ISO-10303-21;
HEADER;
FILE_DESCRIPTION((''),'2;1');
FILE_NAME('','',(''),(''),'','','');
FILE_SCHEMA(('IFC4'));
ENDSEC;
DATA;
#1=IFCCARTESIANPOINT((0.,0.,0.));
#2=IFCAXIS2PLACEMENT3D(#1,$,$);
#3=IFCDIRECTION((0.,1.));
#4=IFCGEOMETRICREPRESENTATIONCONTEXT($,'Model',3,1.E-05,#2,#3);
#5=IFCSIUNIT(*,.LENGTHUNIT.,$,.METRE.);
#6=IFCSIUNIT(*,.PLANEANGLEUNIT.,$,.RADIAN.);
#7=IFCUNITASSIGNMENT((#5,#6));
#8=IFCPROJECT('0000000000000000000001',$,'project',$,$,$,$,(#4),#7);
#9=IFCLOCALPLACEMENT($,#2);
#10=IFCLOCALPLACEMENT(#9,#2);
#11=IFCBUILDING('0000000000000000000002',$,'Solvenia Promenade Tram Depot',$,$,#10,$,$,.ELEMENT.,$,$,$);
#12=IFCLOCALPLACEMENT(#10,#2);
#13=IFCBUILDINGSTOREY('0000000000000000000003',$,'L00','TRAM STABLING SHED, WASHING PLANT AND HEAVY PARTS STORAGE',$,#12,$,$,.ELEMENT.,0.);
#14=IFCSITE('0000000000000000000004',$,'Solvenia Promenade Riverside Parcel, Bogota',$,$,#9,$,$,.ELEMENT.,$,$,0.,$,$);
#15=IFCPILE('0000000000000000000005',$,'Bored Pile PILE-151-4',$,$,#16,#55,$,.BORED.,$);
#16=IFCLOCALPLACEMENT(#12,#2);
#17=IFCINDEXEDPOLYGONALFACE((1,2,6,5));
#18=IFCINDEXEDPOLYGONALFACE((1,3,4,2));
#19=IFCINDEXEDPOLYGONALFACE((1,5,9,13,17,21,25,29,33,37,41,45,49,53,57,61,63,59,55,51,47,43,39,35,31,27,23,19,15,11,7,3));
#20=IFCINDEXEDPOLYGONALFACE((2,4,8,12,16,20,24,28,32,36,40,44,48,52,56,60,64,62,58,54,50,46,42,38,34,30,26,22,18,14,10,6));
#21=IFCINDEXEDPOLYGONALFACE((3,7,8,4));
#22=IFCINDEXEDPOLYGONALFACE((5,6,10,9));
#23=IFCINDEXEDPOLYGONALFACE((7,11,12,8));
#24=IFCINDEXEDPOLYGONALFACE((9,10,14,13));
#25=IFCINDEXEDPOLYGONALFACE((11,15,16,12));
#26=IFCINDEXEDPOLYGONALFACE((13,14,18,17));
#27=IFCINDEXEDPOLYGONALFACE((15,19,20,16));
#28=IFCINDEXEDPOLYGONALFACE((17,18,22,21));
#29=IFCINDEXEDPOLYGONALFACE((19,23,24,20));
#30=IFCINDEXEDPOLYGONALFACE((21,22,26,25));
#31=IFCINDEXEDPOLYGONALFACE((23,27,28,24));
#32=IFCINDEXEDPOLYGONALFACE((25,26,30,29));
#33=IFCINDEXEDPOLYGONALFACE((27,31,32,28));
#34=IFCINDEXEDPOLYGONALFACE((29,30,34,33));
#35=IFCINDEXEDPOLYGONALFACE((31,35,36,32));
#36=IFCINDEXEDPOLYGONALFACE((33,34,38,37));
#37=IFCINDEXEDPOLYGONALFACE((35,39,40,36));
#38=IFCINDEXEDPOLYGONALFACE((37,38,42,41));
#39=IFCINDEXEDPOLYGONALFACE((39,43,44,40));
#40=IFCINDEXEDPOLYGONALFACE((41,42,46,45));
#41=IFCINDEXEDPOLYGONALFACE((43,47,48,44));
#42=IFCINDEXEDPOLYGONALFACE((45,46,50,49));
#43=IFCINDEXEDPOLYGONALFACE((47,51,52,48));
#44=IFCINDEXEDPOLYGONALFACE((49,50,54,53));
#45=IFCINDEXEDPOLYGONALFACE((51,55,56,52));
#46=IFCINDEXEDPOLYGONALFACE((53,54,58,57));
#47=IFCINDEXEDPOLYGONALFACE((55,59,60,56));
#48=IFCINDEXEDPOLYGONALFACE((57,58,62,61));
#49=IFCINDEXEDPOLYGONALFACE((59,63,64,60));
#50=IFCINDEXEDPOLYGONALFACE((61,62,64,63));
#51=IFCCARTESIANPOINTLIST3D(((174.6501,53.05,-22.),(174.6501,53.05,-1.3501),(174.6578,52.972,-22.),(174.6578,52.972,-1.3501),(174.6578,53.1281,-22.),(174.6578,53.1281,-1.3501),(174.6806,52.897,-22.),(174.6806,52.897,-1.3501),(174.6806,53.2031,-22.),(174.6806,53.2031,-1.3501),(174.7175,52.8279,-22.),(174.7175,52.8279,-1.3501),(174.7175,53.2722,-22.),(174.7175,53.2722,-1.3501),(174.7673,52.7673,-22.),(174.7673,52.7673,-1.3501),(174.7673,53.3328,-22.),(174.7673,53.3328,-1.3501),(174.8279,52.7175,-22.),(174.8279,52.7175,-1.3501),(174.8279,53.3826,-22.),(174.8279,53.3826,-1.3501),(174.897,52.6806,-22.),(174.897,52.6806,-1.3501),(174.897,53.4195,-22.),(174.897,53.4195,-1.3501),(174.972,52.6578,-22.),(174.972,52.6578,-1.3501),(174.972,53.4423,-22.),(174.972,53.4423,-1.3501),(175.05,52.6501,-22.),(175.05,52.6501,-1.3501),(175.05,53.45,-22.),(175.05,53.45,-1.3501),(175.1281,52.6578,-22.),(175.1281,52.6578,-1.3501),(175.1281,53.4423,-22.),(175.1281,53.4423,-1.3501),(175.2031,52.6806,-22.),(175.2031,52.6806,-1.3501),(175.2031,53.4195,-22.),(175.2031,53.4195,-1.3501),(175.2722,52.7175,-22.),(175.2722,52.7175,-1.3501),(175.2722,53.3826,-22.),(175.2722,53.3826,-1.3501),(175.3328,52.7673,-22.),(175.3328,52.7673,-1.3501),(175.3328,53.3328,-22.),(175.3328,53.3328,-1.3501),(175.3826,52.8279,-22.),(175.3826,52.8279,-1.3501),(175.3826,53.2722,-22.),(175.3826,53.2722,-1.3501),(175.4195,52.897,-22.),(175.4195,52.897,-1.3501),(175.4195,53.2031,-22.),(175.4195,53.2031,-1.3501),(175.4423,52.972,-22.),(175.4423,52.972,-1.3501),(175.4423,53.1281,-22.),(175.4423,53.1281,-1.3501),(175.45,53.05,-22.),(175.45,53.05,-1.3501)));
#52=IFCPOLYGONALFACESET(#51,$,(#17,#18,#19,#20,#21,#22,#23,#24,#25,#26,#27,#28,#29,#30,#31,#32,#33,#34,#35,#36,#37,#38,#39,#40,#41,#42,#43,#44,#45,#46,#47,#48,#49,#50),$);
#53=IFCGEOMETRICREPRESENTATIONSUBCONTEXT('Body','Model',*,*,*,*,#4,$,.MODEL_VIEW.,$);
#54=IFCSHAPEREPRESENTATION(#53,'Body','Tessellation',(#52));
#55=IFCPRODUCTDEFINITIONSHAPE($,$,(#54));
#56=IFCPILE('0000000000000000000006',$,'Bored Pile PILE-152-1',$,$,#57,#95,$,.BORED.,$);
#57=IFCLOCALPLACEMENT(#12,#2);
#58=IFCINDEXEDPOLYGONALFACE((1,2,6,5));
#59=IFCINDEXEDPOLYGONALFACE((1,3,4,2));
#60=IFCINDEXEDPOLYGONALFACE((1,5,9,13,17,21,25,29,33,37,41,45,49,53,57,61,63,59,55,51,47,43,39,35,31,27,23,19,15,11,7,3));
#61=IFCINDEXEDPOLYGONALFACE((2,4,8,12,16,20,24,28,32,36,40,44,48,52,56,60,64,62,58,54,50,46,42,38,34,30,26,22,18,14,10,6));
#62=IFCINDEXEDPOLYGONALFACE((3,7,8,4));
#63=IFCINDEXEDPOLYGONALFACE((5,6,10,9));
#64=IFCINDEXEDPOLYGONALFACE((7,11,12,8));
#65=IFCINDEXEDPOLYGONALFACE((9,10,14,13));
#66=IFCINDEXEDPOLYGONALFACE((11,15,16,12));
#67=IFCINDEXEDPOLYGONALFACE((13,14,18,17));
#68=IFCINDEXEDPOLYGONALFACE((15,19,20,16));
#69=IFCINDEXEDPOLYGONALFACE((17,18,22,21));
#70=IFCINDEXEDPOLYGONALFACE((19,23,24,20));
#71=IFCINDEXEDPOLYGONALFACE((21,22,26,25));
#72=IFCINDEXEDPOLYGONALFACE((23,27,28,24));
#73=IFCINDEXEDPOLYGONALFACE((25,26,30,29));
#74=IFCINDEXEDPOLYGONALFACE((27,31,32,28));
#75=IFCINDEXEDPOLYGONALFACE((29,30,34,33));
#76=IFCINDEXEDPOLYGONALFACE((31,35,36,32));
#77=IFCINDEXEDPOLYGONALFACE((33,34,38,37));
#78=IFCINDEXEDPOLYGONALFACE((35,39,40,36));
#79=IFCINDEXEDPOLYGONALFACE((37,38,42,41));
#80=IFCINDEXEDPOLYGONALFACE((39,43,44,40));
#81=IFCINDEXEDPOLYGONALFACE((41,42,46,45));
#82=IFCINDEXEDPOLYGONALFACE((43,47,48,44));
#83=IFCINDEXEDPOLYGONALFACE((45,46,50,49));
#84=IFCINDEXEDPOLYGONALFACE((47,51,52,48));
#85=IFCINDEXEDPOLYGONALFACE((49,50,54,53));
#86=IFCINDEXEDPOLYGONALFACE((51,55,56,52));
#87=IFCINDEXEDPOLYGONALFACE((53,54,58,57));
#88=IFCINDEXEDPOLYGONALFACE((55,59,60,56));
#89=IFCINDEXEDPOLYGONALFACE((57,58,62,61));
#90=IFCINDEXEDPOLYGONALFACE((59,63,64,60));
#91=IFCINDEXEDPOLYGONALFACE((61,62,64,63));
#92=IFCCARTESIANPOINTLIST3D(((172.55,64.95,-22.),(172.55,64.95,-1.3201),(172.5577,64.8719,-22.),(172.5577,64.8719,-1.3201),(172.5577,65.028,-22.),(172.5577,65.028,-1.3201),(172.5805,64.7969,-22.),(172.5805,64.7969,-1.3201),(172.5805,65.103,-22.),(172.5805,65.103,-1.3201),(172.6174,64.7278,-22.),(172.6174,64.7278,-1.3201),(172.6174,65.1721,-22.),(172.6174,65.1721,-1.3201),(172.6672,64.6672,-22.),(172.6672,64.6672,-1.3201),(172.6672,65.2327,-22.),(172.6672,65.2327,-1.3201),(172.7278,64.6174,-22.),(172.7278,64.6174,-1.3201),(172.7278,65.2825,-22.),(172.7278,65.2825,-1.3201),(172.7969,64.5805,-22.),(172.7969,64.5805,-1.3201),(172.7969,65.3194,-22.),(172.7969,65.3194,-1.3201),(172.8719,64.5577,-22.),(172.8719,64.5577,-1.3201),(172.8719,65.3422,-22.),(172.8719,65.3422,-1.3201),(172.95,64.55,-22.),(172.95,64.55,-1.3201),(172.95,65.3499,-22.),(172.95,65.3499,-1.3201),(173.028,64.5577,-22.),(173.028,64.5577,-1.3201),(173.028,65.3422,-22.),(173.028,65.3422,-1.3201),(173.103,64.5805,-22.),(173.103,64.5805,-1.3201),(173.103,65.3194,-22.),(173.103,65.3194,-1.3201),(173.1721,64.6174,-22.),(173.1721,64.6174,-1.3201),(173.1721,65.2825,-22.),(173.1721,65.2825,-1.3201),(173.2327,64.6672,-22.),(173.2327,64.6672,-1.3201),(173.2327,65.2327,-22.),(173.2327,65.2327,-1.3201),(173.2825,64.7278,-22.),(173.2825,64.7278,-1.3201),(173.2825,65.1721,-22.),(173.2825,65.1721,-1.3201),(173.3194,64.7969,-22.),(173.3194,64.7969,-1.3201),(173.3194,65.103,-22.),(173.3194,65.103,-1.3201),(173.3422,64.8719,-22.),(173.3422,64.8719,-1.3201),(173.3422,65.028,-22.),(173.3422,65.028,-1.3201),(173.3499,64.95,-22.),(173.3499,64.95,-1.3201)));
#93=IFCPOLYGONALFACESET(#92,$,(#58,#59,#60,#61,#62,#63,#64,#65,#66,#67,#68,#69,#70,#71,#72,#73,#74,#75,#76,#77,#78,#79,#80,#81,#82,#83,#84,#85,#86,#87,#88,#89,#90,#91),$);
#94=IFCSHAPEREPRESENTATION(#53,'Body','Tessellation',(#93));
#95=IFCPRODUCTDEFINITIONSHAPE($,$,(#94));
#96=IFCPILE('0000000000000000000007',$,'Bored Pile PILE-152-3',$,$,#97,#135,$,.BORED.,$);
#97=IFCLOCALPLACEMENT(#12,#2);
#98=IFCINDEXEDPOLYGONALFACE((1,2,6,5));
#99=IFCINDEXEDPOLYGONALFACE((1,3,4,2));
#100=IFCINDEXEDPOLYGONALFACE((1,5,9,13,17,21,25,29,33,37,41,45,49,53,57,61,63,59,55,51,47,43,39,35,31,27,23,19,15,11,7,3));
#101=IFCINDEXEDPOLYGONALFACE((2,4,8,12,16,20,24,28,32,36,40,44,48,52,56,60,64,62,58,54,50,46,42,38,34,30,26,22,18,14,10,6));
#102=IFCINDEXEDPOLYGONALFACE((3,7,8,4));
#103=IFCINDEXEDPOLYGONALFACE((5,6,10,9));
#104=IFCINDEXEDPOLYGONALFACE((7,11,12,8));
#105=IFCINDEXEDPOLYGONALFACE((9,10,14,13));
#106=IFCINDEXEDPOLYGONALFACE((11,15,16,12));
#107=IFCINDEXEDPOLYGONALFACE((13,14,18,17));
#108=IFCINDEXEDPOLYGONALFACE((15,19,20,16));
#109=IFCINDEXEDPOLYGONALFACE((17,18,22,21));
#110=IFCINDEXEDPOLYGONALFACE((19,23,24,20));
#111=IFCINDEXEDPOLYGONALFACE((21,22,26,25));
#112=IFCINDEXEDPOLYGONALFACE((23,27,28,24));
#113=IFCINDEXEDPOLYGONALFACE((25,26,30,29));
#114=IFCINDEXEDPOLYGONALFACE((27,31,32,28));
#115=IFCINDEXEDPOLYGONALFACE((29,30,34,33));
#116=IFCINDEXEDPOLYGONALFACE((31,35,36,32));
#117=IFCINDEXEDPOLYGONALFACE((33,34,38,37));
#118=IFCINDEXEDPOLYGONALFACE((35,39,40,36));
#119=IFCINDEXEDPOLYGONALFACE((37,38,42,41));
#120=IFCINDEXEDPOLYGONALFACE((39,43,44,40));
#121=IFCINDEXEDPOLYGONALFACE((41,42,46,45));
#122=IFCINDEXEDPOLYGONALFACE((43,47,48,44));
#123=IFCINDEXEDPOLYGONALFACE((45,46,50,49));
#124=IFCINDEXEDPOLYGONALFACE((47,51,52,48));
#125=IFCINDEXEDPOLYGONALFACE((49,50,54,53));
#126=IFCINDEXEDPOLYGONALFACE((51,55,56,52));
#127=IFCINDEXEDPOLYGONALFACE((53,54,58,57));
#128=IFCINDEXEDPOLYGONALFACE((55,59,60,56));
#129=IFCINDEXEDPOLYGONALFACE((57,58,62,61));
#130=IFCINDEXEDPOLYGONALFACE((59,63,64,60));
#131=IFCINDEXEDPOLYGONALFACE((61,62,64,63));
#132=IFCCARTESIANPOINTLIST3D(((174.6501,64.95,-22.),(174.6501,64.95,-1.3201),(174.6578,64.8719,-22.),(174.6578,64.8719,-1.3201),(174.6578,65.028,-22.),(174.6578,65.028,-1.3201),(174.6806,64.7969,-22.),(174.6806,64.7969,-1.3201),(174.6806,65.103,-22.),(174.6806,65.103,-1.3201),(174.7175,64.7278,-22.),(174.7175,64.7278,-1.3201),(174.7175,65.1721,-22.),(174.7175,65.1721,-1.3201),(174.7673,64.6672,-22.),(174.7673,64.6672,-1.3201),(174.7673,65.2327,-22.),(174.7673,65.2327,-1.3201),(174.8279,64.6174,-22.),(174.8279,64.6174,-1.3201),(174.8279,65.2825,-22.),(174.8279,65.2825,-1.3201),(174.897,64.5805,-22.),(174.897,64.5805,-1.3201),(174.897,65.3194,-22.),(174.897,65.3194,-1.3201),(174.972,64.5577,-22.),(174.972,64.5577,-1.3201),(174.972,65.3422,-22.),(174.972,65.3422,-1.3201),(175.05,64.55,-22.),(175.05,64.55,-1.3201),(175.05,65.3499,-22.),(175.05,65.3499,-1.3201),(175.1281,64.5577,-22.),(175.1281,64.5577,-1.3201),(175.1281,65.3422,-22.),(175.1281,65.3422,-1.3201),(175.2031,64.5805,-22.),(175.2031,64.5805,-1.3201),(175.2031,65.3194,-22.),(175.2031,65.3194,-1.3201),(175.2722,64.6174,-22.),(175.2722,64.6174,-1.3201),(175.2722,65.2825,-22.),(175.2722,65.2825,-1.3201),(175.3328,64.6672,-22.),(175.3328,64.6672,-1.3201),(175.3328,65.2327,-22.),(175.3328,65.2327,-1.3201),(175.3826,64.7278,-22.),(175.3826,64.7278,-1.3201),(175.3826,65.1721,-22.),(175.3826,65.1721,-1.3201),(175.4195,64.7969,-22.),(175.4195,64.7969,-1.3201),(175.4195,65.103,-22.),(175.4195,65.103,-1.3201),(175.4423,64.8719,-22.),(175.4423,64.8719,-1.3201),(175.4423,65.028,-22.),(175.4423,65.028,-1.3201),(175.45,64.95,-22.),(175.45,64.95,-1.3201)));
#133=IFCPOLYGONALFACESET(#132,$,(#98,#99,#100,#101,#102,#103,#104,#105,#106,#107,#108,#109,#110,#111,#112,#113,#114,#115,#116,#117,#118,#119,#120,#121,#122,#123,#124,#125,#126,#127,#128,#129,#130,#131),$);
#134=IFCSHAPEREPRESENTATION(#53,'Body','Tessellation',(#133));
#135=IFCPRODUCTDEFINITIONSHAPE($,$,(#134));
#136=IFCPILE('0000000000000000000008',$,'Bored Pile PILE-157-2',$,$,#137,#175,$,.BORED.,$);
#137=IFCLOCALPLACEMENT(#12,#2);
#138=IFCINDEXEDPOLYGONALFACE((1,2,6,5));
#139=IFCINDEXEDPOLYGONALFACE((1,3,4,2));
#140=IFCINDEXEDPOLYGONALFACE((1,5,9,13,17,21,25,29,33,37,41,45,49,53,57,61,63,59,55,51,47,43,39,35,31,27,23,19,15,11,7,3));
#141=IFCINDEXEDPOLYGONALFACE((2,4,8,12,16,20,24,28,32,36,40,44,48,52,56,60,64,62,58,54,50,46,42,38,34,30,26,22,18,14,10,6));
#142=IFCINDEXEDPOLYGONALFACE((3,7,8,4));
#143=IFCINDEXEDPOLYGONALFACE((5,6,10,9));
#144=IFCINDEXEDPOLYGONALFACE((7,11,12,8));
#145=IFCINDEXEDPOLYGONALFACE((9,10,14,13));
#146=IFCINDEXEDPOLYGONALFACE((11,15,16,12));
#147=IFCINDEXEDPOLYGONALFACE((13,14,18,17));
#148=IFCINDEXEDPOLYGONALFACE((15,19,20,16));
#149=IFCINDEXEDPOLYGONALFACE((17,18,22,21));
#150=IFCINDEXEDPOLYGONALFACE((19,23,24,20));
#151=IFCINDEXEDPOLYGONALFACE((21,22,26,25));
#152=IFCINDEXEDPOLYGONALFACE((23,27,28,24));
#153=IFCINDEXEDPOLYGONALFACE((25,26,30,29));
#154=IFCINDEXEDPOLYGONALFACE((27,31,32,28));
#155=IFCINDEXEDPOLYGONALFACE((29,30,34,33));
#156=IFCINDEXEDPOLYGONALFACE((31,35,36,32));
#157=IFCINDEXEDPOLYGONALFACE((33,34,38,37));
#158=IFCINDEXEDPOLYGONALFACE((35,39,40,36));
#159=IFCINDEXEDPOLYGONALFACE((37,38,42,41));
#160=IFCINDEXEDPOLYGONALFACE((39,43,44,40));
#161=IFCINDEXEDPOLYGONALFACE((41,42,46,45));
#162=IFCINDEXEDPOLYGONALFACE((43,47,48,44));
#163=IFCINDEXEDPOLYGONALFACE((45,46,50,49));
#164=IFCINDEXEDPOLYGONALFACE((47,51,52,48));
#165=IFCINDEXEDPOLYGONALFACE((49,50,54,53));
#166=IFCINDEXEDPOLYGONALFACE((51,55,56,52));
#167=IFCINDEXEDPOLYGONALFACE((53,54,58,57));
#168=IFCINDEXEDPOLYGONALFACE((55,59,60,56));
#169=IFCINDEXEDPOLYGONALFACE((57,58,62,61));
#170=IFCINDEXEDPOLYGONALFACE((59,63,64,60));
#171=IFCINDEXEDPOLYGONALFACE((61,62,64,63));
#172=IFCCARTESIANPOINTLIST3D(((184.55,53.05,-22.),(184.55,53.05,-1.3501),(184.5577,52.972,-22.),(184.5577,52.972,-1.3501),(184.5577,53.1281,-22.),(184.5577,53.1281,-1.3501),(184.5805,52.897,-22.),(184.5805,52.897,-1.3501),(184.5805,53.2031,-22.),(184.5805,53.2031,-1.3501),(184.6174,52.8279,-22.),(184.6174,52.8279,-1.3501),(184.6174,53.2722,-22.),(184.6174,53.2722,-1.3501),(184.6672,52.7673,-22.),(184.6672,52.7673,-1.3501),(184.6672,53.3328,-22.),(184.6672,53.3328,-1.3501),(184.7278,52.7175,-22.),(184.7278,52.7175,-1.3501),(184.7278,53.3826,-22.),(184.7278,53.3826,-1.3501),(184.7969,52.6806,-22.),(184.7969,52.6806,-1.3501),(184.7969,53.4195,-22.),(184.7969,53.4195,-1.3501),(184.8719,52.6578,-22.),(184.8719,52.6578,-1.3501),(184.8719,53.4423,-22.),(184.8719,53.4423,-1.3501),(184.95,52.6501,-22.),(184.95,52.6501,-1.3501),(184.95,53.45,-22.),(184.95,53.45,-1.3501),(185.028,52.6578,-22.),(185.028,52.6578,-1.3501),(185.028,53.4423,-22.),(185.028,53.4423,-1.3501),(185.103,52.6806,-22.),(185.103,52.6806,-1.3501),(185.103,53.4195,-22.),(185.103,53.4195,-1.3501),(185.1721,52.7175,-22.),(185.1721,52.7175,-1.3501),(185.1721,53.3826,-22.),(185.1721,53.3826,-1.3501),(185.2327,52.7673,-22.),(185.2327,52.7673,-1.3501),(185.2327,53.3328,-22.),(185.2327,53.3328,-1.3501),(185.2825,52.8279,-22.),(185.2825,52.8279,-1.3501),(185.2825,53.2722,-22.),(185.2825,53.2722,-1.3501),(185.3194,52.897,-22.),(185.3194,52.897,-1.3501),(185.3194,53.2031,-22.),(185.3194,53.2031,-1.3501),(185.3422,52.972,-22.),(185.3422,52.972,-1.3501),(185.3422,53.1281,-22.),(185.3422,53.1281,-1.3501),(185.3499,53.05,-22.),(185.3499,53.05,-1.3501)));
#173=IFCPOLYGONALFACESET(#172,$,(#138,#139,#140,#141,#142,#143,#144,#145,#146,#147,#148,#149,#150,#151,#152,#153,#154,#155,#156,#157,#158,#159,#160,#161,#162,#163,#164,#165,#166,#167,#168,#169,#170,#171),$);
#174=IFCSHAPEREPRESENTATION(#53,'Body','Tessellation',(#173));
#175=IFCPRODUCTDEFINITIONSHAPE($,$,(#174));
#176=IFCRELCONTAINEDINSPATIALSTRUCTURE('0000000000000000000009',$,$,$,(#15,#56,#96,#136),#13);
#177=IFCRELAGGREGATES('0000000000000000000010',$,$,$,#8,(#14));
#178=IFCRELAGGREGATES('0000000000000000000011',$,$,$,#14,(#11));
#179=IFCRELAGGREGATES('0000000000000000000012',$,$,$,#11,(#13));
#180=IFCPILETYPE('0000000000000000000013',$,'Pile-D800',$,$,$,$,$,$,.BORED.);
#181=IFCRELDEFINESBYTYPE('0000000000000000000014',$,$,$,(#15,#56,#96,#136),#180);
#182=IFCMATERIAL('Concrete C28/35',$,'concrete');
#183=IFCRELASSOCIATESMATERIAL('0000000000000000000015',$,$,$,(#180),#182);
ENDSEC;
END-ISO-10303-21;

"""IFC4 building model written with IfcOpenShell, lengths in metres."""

from ifc_helpers import new_model, si_unit, direction, frame, origin, origin_2d, place, context, subcontext, project, spatial, circle, extrude, material, material_profile, profile_set, type_object, element, save


model = new_model("IFC4")

# Units and contexts
model_context = context("Model", 3, precision=1e-05, world=origin(), true_north=direction((0.0, 1.0)))
body_context = subcontext(model_context, "Body", "Model", "MODEL_VIEW")
ifc_project = project(units=[si_unit("LENGTHUNIT", "METRE"), si_unit("PLANEANGLEUNIT", "RADIAN")], contexts=[model_context])

# Site, building, storey
site_placement = place(None, origin())
site = spatial("IfcSite", under=ifc_project, at=site_placement, Name="Solvenia Promenade Riverside Parcel, Bogota", CompositionType="ELEMENT", RefElevation=0.0)
building_placement = place(site_placement, origin())
building = spatial("IfcBuilding", under=site, at=building_placement, Name="Solvenia Promenade Tram Depot", CompositionType="ELEMENT")
storey_placement = place(building_placement, origin())
storey = spatial("IfcBuildingStorey", under=building, at=storey_placement, Name="L00", Description="TRAM STABLING SHED, WASHING PLANT AND HEAVY PARTS STORAGE", CompositionType="ELEMENT", Elevation=0.0)

# Shared definitions
ifc_material_1 = material(Name="Concrete C28/35", Category="concrete")

# Piles
ifc_material_profile_1 = material_profile(ifc_material_1, circle(Radius=0.3999, at=origin_2d()), Name="D800", Category="concrete")
ifc_profile_set_1 = profile_set([ifc_material_profile_1], Name="Concrete C28/35")
pile_type_1 = type_object("IfcPileType", Name="Pile-D800", PredefinedType="BORED", material=ifc_profile_set_1)
for number, where, z_axis, x_axis, name in (
    (1, (175.05, 53.05, -1.3501), (0.0, 0.0, -1.0), (1.0, 0.0, 0.0), "Bored Pile PILE-151-4"),
):
    element("IfcPile", number, at=place(storey_placement, frame(where, z_axis=z_axis, x_axis=x_axis)), inside=storey, type_object=pile_type_1, Name=name, PredefinedType="BORED", context=body_context, shape_type="SweptSolid", body=[
        extrude(circle(Radius=0.3999, at=origin_2d()), origin(), (0.0, 0.0, 1.0), 20.6499),
    ])
for number, where, z_axis, x_axis, name in (
    (2, (172.95, 64.95, -1.3201), (0.0, 0.0, -1.0), (1.0, 0.0, 0.0), "Bored Pile PILE-152-1"),
    (3, (175.05, 64.95, -1.3201), (0.0, 0.0, -1.0), (1.0, 0.0, 0.0), "Bored Pile PILE-152-3"),
):
    element("IfcPile", number, at=place(storey_placement, frame(where, z_axis=z_axis, x_axis=x_axis)), inside=storey, type_object=pile_type_1, Name=name, PredefinedType="BORED", context=body_context, shape_type="SweptSolid", body=[
        extrude(circle(Radius=0.3999, at=origin_2d()), origin(), (0.0, 0.0, 1.0), 20.6799),
    ])
for number, where, z_axis, x_axis, name in (
    (4, (184.95, 53.05, -1.3501), (0.0, 0.0, -1.0), (1.0, 0.0, 0.0), "Bored Pile PILE-157-2"),
):
    element("IfcPile", number, at=place(storey_placement, frame(where, z_axis=z_axis, x_axis=x_axis)), inside=storey, type_object=pile_type_1, Name=name, PredefinedType="BORED", context=body_context, shape_type="SweptSolid", body=[
        extrude(circle(Radius=0.3999, at=origin_2d()), origin(), (0.0, 0.0, 1.0), 20.6499),
    ])

save(model, "model.ifc")
